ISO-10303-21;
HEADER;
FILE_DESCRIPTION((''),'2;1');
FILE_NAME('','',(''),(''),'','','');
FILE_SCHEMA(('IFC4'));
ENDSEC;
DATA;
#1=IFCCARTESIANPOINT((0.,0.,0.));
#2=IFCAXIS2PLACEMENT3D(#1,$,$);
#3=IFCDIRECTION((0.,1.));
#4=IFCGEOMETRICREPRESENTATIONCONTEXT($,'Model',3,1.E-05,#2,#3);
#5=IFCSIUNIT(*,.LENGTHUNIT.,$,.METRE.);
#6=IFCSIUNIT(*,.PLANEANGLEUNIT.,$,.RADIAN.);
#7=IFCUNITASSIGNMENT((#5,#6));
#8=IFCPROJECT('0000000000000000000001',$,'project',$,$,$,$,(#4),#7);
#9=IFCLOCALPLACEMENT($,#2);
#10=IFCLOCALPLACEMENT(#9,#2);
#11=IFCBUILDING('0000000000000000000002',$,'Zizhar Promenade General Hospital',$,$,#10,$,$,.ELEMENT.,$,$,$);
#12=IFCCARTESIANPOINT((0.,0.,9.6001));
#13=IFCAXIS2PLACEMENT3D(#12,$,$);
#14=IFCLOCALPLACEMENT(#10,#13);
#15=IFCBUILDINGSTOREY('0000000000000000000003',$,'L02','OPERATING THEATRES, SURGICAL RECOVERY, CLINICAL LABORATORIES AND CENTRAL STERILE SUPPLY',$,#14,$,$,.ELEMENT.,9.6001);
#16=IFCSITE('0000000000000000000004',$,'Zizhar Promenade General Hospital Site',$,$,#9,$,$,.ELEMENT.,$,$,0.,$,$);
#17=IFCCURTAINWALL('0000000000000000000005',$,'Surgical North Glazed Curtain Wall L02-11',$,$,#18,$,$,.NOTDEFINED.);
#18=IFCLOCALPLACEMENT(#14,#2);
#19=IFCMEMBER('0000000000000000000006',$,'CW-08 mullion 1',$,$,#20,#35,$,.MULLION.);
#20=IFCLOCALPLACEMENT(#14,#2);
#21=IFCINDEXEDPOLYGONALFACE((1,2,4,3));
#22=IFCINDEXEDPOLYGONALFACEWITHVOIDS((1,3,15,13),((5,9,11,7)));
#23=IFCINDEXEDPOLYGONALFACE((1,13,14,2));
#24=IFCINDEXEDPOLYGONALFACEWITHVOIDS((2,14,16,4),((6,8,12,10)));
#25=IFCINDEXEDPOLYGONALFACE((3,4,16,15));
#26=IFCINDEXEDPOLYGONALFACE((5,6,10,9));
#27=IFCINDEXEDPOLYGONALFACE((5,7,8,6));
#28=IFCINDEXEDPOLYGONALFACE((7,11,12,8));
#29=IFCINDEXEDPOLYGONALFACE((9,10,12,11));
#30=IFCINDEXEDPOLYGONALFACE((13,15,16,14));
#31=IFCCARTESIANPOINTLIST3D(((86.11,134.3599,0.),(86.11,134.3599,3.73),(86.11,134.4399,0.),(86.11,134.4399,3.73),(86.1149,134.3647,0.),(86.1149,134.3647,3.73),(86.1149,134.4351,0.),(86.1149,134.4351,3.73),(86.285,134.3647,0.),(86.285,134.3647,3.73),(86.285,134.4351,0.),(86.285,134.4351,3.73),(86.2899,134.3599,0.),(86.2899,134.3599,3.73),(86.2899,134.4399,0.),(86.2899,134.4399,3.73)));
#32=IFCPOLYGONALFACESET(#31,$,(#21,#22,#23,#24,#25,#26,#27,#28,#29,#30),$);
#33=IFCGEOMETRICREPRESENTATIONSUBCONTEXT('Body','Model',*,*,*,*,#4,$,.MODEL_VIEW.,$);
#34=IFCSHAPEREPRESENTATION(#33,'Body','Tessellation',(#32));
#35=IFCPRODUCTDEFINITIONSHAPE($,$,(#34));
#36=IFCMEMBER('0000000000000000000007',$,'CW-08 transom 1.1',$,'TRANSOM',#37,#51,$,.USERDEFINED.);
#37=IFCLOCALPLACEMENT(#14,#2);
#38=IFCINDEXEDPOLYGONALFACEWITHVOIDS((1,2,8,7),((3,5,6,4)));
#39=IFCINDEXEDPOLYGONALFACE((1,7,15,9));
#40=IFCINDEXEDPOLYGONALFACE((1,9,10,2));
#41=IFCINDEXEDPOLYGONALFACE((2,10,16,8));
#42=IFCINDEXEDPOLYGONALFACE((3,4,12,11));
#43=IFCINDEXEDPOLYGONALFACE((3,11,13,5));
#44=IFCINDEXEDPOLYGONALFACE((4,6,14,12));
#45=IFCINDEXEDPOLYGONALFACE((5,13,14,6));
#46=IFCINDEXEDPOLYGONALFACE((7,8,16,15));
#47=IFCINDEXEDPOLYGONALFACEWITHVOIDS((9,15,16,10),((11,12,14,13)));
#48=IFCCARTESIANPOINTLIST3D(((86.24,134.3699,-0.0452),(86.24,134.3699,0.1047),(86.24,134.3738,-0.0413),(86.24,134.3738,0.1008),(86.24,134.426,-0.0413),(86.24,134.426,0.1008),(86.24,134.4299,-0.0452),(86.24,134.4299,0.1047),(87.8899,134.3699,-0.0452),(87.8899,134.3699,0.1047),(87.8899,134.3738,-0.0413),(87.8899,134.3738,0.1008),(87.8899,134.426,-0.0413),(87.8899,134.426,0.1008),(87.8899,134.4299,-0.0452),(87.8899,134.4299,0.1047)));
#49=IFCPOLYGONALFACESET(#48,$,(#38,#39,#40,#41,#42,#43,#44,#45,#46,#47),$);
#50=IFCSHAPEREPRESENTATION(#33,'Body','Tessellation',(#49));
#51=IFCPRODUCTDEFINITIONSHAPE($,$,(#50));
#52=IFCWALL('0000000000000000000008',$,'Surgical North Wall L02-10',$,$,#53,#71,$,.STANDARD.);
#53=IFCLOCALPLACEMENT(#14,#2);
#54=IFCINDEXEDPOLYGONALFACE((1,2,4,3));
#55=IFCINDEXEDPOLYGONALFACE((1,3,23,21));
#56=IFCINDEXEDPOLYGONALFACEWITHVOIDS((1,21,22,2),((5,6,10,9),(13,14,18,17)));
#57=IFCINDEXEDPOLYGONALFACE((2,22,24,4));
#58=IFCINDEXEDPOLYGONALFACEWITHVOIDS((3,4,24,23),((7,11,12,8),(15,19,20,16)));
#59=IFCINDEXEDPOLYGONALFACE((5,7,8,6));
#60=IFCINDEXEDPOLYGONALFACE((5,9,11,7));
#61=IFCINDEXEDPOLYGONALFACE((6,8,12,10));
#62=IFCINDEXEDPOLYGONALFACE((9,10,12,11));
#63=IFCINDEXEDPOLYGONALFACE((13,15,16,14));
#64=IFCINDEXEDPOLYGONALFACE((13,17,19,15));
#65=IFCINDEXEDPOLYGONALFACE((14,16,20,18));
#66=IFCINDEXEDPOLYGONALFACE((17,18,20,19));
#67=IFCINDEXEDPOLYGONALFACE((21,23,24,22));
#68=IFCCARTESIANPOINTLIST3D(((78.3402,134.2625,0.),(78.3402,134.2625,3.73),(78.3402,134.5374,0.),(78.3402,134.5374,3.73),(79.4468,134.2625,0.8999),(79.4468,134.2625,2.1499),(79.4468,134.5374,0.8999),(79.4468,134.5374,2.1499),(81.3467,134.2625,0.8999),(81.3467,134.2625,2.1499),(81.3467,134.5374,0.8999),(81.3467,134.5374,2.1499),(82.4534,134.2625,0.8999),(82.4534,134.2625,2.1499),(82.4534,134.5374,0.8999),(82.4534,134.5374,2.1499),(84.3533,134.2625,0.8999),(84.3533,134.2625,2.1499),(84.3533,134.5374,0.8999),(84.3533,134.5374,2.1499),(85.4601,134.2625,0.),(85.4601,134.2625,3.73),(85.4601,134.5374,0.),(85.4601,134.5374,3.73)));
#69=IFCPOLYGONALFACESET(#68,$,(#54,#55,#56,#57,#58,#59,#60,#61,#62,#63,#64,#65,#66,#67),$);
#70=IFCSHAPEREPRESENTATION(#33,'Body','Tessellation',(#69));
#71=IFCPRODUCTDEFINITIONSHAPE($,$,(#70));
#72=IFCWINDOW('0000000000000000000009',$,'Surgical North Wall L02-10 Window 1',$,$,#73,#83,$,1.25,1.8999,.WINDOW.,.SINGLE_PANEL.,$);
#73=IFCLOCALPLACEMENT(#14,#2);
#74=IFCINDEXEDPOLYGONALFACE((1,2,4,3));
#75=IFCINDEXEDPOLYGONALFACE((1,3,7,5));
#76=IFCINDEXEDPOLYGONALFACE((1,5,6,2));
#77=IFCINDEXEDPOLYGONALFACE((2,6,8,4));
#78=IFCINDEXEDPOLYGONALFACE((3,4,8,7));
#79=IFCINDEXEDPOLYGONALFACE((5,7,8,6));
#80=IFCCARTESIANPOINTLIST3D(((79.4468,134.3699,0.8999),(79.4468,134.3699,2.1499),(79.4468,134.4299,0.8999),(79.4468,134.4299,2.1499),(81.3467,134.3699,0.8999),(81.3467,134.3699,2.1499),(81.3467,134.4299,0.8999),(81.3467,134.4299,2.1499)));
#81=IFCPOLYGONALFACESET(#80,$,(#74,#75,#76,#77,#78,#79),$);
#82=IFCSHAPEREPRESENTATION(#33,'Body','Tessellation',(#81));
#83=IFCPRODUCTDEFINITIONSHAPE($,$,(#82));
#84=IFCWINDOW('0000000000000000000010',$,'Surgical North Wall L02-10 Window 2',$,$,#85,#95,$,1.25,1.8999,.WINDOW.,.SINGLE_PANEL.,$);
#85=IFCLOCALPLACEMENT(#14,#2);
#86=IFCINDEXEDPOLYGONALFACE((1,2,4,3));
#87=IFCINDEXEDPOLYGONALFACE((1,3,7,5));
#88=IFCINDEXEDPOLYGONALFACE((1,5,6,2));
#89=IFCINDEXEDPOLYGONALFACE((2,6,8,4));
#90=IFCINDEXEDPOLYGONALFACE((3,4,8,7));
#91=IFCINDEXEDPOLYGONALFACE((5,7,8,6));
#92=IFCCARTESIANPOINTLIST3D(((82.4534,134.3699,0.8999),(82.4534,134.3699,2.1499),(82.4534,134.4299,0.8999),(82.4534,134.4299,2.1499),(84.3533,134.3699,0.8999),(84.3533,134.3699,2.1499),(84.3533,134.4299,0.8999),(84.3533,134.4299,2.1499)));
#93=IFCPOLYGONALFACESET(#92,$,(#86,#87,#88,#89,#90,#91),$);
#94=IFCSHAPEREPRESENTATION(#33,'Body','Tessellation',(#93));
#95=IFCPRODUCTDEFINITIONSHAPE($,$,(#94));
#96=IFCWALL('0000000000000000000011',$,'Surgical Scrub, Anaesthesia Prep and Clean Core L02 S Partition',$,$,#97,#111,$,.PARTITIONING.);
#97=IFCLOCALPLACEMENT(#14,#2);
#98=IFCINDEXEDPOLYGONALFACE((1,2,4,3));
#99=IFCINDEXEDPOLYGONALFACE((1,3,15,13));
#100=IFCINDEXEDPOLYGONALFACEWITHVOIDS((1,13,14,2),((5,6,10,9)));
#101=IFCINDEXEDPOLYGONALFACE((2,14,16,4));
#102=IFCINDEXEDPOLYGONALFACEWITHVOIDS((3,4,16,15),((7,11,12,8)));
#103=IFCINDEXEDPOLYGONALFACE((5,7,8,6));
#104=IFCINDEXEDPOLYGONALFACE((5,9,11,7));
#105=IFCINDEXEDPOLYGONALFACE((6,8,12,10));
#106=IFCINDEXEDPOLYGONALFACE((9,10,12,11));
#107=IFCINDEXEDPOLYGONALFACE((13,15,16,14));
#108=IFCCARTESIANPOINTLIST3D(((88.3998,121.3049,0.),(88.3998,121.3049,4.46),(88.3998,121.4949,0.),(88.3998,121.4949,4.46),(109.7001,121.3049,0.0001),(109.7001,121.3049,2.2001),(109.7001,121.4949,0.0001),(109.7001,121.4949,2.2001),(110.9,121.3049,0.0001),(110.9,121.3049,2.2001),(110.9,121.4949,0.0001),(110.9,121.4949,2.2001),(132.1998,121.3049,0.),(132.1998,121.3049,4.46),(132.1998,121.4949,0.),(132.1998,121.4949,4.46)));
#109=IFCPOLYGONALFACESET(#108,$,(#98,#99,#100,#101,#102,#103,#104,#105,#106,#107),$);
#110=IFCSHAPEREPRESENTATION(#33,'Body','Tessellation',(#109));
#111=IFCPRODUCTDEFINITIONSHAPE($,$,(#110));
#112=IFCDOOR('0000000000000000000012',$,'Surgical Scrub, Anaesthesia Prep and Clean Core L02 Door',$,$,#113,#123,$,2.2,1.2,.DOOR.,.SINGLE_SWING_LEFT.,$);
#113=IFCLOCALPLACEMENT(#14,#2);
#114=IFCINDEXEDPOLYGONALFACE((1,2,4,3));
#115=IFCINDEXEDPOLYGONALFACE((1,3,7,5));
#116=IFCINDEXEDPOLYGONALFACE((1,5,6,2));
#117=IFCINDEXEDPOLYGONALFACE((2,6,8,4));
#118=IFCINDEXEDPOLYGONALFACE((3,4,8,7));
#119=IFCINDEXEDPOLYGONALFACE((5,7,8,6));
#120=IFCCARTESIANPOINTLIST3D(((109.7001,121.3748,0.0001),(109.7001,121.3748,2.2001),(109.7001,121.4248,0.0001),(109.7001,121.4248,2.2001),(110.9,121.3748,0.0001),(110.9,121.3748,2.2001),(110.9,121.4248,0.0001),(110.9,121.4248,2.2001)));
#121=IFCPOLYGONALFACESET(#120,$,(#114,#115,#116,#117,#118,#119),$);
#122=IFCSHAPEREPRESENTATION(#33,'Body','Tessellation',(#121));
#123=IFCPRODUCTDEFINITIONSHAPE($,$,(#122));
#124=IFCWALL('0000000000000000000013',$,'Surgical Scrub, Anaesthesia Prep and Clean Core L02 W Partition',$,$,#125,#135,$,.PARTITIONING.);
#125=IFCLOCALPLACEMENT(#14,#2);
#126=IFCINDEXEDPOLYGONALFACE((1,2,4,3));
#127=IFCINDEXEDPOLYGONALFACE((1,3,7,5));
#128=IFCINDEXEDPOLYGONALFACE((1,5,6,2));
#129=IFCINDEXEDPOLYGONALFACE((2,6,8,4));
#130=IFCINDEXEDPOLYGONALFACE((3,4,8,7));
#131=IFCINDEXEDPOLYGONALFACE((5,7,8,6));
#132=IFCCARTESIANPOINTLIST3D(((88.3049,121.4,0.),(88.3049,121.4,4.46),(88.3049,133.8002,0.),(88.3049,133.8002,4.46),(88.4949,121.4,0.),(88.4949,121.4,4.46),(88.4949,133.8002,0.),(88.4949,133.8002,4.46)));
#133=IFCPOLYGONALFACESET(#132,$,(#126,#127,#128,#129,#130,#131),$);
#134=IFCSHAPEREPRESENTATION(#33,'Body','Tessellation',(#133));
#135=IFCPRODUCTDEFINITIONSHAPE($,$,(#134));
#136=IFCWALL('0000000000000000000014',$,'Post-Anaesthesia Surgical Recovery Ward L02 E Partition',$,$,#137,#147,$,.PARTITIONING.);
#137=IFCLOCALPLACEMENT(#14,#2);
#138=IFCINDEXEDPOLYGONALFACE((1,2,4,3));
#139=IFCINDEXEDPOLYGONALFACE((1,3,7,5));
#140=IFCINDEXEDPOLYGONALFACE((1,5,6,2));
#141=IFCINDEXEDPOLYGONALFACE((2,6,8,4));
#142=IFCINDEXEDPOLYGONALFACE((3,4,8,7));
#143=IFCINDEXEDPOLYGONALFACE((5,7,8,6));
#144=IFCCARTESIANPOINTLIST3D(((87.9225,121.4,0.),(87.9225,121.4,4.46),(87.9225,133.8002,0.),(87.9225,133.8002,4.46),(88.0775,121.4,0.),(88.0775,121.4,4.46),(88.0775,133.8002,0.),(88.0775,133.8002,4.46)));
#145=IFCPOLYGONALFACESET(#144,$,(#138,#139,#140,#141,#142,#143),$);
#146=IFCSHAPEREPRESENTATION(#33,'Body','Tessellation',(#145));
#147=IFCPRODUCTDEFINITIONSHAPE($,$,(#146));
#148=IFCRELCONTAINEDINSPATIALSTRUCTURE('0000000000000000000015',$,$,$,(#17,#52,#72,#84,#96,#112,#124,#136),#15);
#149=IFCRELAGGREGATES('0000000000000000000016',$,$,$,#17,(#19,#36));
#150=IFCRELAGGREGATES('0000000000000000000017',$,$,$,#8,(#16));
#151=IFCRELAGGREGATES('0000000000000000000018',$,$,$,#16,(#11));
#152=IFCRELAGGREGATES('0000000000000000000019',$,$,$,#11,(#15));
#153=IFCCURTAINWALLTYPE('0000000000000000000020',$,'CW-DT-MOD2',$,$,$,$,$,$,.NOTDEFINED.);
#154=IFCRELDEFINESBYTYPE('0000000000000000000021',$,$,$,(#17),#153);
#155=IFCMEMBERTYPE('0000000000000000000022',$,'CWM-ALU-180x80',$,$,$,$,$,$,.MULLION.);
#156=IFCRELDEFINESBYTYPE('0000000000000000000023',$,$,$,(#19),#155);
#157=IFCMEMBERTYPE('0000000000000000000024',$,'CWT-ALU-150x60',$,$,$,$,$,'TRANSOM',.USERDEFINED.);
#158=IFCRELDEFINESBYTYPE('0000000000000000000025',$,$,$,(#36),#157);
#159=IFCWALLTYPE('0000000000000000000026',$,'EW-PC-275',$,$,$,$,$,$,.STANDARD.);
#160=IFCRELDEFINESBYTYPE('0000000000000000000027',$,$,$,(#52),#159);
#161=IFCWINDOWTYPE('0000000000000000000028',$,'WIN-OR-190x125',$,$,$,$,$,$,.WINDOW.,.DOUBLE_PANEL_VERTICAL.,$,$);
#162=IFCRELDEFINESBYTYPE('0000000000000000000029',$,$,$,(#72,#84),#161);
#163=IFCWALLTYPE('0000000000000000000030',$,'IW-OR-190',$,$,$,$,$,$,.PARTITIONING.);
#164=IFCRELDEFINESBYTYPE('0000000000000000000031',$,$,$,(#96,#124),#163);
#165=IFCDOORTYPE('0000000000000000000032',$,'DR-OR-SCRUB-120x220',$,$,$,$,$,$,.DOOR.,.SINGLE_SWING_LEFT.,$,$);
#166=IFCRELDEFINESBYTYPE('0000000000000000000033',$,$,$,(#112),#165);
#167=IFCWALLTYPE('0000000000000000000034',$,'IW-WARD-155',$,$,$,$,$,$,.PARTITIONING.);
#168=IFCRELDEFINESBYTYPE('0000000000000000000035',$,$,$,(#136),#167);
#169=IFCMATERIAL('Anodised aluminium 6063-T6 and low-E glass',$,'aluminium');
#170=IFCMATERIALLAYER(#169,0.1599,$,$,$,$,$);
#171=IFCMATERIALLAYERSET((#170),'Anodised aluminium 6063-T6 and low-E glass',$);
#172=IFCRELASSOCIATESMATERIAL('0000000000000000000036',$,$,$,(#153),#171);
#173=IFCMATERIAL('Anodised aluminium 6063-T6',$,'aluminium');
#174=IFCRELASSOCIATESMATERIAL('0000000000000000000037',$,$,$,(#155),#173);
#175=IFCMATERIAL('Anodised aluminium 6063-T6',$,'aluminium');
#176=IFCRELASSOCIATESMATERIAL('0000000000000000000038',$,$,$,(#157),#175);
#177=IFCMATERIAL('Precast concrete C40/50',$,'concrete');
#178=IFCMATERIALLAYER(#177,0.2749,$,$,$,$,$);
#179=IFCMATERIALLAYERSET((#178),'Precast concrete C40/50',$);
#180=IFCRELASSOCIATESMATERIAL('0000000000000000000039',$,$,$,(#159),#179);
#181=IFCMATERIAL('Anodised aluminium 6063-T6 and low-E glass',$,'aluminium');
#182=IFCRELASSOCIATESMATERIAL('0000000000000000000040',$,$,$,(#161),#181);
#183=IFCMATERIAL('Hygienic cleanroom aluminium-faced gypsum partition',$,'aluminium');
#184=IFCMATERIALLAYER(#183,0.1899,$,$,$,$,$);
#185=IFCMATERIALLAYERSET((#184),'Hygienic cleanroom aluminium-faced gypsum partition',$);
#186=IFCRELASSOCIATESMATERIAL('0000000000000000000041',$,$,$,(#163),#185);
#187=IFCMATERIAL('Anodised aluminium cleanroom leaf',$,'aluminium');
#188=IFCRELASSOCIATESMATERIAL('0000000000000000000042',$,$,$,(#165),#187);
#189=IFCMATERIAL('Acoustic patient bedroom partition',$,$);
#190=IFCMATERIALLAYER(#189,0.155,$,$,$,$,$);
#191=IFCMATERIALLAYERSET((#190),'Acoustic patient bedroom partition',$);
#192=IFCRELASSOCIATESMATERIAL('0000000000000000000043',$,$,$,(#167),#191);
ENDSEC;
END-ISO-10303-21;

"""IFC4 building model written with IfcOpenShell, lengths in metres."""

from ifc_helpers import new_model, si_unit, direction, frame, frame_2d, origin, origin_2d, place, context, subcontext, project, spatial, rectangle, hollow_rectangle, extrude, material, layer, layer_set, material_profile, profile_set, type_object, element, fill, aggregate, save


model = new_model("IFC4")

# Units and contexts
model_context = context("Model", 3, precision=1e-05, world=origin(), true_north=direction((0.0, 1.0)))
body_context = subcontext(model_context, "Body", "Model", "MODEL_VIEW")
ifc_project = project(units=[si_unit("LENGTHUNIT", "METRE"), si_unit("PLANEANGLEUNIT", "RADIAN")], contexts=[model_context])

# Site, building, storey
site_placement = place(None, origin())
site = spatial("IfcSite", under=ifc_project, at=site_placement, Name="Zizhar Promenade General Hospital Site", CompositionType="ELEMENT", RefElevation=0.0)
building_placement = place(site_placement, origin())
building = spatial("IfcBuilding", under=site, at=building_placement, Name="Zizhar Promenade General Hospital", CompositionType="ELEMENT")
storey_placement = place(building_placement, frame((0.0, 0.0, 9.6001)))
storey = spatial("IfcBuildingStorey", under=building, at=storey_placement, Name="L02", Description="OPERATING THEATRES, SURGICAL RECOVERY, CLINICAL LABORATORIES AND CENTRAL STERILE SUPPLY", CompositionType="ELEMENT", Elevation=9.6001)

# Curtain wall, members
ifc_material_1 = material(Name="Anodised aluminium 6063-T6 and low-E glass", Category="aluminium")
ifc_layer_1 = layer(ifc_material_1, 0.1599)
ifc_layer_set_1 = layer_set([ifc_layer_1], Name="Anodised aluminium 6063-T6 and low-E glass")
curtain_wall_type = type_object("IfcCurtainWallType", Name="CW-DT-MOD2", PredefinedType="NOTDEFINED", material=ifc_layer_set_1)
curtain_wall_placement = place(storey_placement, origin())
curtain_wall = element("IfcCurtainWall", 1, at=curtain_wall_placement, inside=storey, type_object=curtain_wall_type, Name="Surgical North Glazed Curtain Wall L02-11", PredefinedType="NOTDEFINED")
ifc_material_2 = material(Name="Anodised aluminium 6063-T6", Category="aluminium")
ifc_material_profile_1 = material_profile(ifc_material_2, hollow_rectangle(XDim=0.0801, YDim=0.1799, WallThickness=0.0049, at=origin_2d()))
ifc_profile_set_1 = profile_set([ifc_material_profile_1], Name="Anodised aluminium 6063-T6")
member_type_1 = type_object("IfcMemberType", Name="CWM-ALU-180x80", PredefinedType="MULLION", material=ifc_profile_set_1)
member_1_placement = place(storey_placement, frame((86.2, 134.3999, 0.0), z_axis=(0.0, 0.0, 1.0), x_axis=(0.0, 1.0, 0.0)))
member_1 = element("IfcMember", 2, at=member_1_placement, type_object=member_type_1, Name="CW-08 mullion 1", PredefinedType="MULLION", context=body_context, shape_type="SweptSolid", body=[
    extrude(hollow_rectangle(XDim=0.0801, YDim=0.1799, WallThickness=0.0049, at=origin_2d()), origin(), (0.0, 0.0, 1.0), 3.73),
])
ifc_material_3 = material(Name="Anodised aluminium 6063-T6", Category="aluminium")
ifc_material_profile_2 = material_profile(ifc_material_3, hollow_rectangle(XDim=0.0601, YDim=0.1499, WallThickness=0.0039, at=origin_2d()))
ifc_profile_set_2 = profile_set([ifc_material_profile_2], Name="Anodised aluminium 6063-T6")
member_type_2 = type_object("IfcMemberType", Name="CWT-ALU-150x60", ElementType="TRANSOM", PredefinedType="USERDEFINED", material=ifc_profile_set_2)
member_2_placement = place(storey_placement, frame((86.24, 134.3999, 0.0298), z_axis=(1.0, 0.0, 0.0), x_axis=(0.0, 1.0, 0.0)))
member_2 = element("IfcMember", 3, at=member_2_placement, type_object=member_type_2, Name="CW-08 transom 1.1", ObjectType="TRANSOM", PredefinedType="USERDEFINED", context=body_context, shape_type="SweptSolid", body=[
    extrude(hollow_rectangle(XDim=0.0601, YDim=0.1499, WallThickness=0.0039, at=origin_2d()), origin(), (0.0, 0.0, 1.0), 1.6499),
])
aggregate(curtain_wall, [member_1, member_2])

# Wall, openings, windows
ifc_material_4 = material(Name="Precast concrete C40/50", Category="concrete")
ifc_layer_2 = layer(ifc_material_4, 0.2749)
ifc_layer_set_2 = layer_set([ifc_layer_2], Name="Precast concrete C40/50")
wall_type_1 = type_object("IfcWallType", Name="EW-PC-275", PredefinedType="STANDARD", material=ifc_layer_set_2)
wall_1_placement = place(storey_placement, frame((78.3401, 134.3999, 0.0), z_axis=(0.0, 0.0, 1.0), x_axis=(1.0, 0.0, 0.0)))
wall_1 = element("IfcWall", 4, at=wall_1_placement, inside=storey, type_object=wall_type_1, Name="Surgical North Wall L02-10", PredefinedType="STANDARD", context=body_context, shape_type="SweptSolid", body=[
    extrude(rectangle(XDim=7.1199, YDim=0.2749, at=frame_2d((3.5601, 0.0))), origin(), (0.0, 0.0, 1.0), 3.73),
])
opening_1_placement = place(wall_1_placement, frame((1.1067, 0.0, 0.8999)))
opening_1 = element("IfcOpeningElement", 5, at=opening_1_placement, cuts=wall_1, PredefinedType="OPENING", context=body_context, shape_type="SweptSolid", body=[
    extrude(rectangle(XDim=1.8999, YDim=1.25, at=frame_2d((0.95, 0.625))), frame((0.0, 0.1475, 0.0), z_axis=(0.0, -1.0, 0.0), x_axis=(1.0, 0.0, 0.0)), (0.0, 0.0, 1.0), 0.2949),
])
opening_2_placement = place(wall_1_placement, frame((4.1133, 0.0, 0.8999)))
opening_2 = element("IfcOpeningElement", 6, at=opening_2_placement, cuts=wall_1, PredefinedType="OPENING", context=body_context, shape_type="SweptSolid", body=[
    extrude(rectangle(XDim=1.8999, YDim=1.25, at=frame_2d((0.95, 0.625))), frame((0.0, 0.1475, 0.0), z_axis=(0.0, -1.0, 0.0), x_axis=(1.0, 0.0, 0.0)), (0.0, 0.0, 1.0), 0.2949),
])
ifc_material_5 = material(Name="Anodised aluminium 6063-T6 and low-E glass", Category="aluminium")
window_type = type_object("IfcWindowType", Name="WIN-OR-190x125", PartitioningType="DOUBLE_PANEL_VERTICAL", PredefinedType="WINDOW", material=ifc_material_5)
window_1_placement = place(opening_1_placement, origin())
window_1 = element("IfcWindow", 7, at=window_1_placement, inside=storey, type_object=window_type, Name="Surgical North Wall L02-10 Window 1", OverallHeight=1.25, OverallWidth=1.8999, PartitioningType="SINGLE_PANEL", PredefinedType="WINDOW", context=body_context, shape_type="SweptSolid", body=[
    extrude(rectangle(XDim=1.8999, YDim=1.25, at=frame_2d((0.95, 0.625))), frame((0.0, 0.03, 0.0), z_axis=(0.0, -1.0, 0.0), x_axis=(1.0, 0.0, 0.0)), (0.0, 0.0, 1.0), 0.0601),
])
fill(opening_1, window_1)
window_2_placement = place(opening_2_placement, origin())
window_2 = element("IfcWindow", 8, at=window_2_placement, inside=storey, type_object=window_type, Name="Surgical North Wall L02-10 Window 2", OverallHeight=1.25, OverallWidth=1.8999, PartitioningType="SINGLE_PANEL", PredefinedType="WINDOW", context=body_context, shape_type="SweptSolid", body=[
    extrude(rectangle(XDim=1.8999, YDim=1.25, at=frame_2d((0.95, 0.625))), frame((0.0, 0.03, 0.0), z_axis=(0.0, -1.0, 0.0), x_axis=(1.0, 0.0, 0.0)), (0.0, 0.0, 1.0), 0.0601),
])
fill(opening_2, window_2)

# Wall, opening, door
ifc_material_6 = material(Name="Hygienic cleanroom aluminium-faced gypsum partition", Category="aluminium")
ifc_layer_3 = layer(ifc_material_6, 0.1899)
ifc_layer_set_3 = layer_set([ifc_layer_3], Name="Hygienic cleanroom aluminium-faced gypsum partition")
wall_type_2 = type_object("IfcWallType", Name="IW-OR-190", PredefinedType="PARTITIONING", material=ifc_layer_set_3)
wall_2_placement = place(storey_placement, frame((88.3999, 121.3999, 0.0), z_axis=(0.0, 0.0, 1.0), x_axis=(1.0, 0.0, 0.0)))
wall_2 = element("IfcWall", 9, at=wall_2_placement, inside=storey, type_object=wall_type_2, Name="Surgical Scrub, Anaesthesia Prep and Clean Core L02 S Partition", PredefinedType="PARTITIONING", context=body_context, shape_type="SweptSolid", body=[
    extrude(rectangle(XDim=43.8, YDim=0.1899, at=frame_2d((21.8999, 0.0))), origin(), (0.0, 0.0, 1.0), 4.46),
])
opening_3_placement = place(wall_2_placement, frame((21.3, 0.0, 0.0)))
opening_3 = element("IfcOpeningElement", 10, at=opening_3_placement, cuts=wall_2, PredefinedType="OPENING", context=body_context, shape_type="SweptSolid", body=[
    extrude(rectangle(XDim=1.2, YDim=2.2, at=frame_2d((0.6001, 1.1001))), frame((0.0, 0.105, 0.0), z_axis=(0.0, -1.0, 0.0), x_axis=(1.0, 0.0, 0.0)), (0.0, 0.0, 1.0), 0.21),
])
ifc_material_7 = material(Name="Anodised aluminium cleanroom leaf", Category="aluminium")
door_type = type_object("IfcDoorType", Name="DR-OR-SCRUB-120x220", OperationType="SINGLE_SWING_LEFT", PredefinedType="DOOR", material=ifc_material_7)
door_placement = place(opening_3_placement, origin())
door = element("IfcDoor", 11, at=door_placement, inside=storey, type_object=door_type, Name="Surgical Scrub, Anaesthesia Prep and Clean Core L02 Door", OperationType="SINGLE_SWING_LEFT", OverallHeight=2.2, OverallWidth=1.2, PredefinedType="DOOR", context=body_context, shape_type="SweptSolid", body=[
    extrude(rectangle(XDim=1.2, YDim=2.2, at=frame_2d((0.6001, 1.1001))), frame((0.0, 0.0249, 0.0), z_axis=(0.0, -1.0, 0.0), x_axis=(1.0, 0.0, 0.0)), (0.0, 0.0, 1.0), 0.05),
])
fill(opening_3, door)

# Walls
wall_3_placement = place(storey_placement, frame((88.3999, 121.3999, 0.0), z_axis=(0.0, 0.0, 1.0), x_axis=(0.0, 1.0, 0.0)))
element("IfcWall", 12, at=wall_3_placement, inside=storey, type_object=wall_type_2, Name="Surgical Scrub, Anaesthesia Prep and Clean Core L02 W Partition", PredefinedType="PARTITIONING", context=body_context, shape_type="SweptSolid", body=[
    extrude(rectangle(XDim=12.4001, YDim=0.1899, at=frame_2d((6.2002, 0.0))), origin(), (0.0, 0.0, 1.0), 4.46),
])
ifc_material_8 = material(Name="Acoustic patient bedroom partition")
ifc_layer_4 = layer(ifc_material_8, 0.155)
ifc_layer_set_4 = layer_set([ifc_layer_4], Name="Acoustic patient bedroom partition")
wall_type_3 = type_object("IfcWallType", Name="IW-WARD-155", PredefinedType="PARTITIONING", material=ifc_layer_set_4)
wall_4_placement = place(storey_placement, frame((88.0, 121.3999, 0.0), z_axis=(0.0, 0.0, 1.0), x_axis=(0.0, 1.0, 0.0)))
element("IfcWall", 13, at=wall_4_placement, inside=storey, type_object=wall_type_3, Name="Post-Anaesthesia Surgical Recovery Ward L02 E Partition", PredefinedType="PARTITIONING", context=body_context, shape_type="SweptSolid", body=[
    extrude(rectangle(XDim=12.4001, YDim=0.155, at=frame_2d((6.2002, 0.0))), origin(), (0.0, 0.0, 1.0), 4.46),
])

save(model, "model.ifc")
